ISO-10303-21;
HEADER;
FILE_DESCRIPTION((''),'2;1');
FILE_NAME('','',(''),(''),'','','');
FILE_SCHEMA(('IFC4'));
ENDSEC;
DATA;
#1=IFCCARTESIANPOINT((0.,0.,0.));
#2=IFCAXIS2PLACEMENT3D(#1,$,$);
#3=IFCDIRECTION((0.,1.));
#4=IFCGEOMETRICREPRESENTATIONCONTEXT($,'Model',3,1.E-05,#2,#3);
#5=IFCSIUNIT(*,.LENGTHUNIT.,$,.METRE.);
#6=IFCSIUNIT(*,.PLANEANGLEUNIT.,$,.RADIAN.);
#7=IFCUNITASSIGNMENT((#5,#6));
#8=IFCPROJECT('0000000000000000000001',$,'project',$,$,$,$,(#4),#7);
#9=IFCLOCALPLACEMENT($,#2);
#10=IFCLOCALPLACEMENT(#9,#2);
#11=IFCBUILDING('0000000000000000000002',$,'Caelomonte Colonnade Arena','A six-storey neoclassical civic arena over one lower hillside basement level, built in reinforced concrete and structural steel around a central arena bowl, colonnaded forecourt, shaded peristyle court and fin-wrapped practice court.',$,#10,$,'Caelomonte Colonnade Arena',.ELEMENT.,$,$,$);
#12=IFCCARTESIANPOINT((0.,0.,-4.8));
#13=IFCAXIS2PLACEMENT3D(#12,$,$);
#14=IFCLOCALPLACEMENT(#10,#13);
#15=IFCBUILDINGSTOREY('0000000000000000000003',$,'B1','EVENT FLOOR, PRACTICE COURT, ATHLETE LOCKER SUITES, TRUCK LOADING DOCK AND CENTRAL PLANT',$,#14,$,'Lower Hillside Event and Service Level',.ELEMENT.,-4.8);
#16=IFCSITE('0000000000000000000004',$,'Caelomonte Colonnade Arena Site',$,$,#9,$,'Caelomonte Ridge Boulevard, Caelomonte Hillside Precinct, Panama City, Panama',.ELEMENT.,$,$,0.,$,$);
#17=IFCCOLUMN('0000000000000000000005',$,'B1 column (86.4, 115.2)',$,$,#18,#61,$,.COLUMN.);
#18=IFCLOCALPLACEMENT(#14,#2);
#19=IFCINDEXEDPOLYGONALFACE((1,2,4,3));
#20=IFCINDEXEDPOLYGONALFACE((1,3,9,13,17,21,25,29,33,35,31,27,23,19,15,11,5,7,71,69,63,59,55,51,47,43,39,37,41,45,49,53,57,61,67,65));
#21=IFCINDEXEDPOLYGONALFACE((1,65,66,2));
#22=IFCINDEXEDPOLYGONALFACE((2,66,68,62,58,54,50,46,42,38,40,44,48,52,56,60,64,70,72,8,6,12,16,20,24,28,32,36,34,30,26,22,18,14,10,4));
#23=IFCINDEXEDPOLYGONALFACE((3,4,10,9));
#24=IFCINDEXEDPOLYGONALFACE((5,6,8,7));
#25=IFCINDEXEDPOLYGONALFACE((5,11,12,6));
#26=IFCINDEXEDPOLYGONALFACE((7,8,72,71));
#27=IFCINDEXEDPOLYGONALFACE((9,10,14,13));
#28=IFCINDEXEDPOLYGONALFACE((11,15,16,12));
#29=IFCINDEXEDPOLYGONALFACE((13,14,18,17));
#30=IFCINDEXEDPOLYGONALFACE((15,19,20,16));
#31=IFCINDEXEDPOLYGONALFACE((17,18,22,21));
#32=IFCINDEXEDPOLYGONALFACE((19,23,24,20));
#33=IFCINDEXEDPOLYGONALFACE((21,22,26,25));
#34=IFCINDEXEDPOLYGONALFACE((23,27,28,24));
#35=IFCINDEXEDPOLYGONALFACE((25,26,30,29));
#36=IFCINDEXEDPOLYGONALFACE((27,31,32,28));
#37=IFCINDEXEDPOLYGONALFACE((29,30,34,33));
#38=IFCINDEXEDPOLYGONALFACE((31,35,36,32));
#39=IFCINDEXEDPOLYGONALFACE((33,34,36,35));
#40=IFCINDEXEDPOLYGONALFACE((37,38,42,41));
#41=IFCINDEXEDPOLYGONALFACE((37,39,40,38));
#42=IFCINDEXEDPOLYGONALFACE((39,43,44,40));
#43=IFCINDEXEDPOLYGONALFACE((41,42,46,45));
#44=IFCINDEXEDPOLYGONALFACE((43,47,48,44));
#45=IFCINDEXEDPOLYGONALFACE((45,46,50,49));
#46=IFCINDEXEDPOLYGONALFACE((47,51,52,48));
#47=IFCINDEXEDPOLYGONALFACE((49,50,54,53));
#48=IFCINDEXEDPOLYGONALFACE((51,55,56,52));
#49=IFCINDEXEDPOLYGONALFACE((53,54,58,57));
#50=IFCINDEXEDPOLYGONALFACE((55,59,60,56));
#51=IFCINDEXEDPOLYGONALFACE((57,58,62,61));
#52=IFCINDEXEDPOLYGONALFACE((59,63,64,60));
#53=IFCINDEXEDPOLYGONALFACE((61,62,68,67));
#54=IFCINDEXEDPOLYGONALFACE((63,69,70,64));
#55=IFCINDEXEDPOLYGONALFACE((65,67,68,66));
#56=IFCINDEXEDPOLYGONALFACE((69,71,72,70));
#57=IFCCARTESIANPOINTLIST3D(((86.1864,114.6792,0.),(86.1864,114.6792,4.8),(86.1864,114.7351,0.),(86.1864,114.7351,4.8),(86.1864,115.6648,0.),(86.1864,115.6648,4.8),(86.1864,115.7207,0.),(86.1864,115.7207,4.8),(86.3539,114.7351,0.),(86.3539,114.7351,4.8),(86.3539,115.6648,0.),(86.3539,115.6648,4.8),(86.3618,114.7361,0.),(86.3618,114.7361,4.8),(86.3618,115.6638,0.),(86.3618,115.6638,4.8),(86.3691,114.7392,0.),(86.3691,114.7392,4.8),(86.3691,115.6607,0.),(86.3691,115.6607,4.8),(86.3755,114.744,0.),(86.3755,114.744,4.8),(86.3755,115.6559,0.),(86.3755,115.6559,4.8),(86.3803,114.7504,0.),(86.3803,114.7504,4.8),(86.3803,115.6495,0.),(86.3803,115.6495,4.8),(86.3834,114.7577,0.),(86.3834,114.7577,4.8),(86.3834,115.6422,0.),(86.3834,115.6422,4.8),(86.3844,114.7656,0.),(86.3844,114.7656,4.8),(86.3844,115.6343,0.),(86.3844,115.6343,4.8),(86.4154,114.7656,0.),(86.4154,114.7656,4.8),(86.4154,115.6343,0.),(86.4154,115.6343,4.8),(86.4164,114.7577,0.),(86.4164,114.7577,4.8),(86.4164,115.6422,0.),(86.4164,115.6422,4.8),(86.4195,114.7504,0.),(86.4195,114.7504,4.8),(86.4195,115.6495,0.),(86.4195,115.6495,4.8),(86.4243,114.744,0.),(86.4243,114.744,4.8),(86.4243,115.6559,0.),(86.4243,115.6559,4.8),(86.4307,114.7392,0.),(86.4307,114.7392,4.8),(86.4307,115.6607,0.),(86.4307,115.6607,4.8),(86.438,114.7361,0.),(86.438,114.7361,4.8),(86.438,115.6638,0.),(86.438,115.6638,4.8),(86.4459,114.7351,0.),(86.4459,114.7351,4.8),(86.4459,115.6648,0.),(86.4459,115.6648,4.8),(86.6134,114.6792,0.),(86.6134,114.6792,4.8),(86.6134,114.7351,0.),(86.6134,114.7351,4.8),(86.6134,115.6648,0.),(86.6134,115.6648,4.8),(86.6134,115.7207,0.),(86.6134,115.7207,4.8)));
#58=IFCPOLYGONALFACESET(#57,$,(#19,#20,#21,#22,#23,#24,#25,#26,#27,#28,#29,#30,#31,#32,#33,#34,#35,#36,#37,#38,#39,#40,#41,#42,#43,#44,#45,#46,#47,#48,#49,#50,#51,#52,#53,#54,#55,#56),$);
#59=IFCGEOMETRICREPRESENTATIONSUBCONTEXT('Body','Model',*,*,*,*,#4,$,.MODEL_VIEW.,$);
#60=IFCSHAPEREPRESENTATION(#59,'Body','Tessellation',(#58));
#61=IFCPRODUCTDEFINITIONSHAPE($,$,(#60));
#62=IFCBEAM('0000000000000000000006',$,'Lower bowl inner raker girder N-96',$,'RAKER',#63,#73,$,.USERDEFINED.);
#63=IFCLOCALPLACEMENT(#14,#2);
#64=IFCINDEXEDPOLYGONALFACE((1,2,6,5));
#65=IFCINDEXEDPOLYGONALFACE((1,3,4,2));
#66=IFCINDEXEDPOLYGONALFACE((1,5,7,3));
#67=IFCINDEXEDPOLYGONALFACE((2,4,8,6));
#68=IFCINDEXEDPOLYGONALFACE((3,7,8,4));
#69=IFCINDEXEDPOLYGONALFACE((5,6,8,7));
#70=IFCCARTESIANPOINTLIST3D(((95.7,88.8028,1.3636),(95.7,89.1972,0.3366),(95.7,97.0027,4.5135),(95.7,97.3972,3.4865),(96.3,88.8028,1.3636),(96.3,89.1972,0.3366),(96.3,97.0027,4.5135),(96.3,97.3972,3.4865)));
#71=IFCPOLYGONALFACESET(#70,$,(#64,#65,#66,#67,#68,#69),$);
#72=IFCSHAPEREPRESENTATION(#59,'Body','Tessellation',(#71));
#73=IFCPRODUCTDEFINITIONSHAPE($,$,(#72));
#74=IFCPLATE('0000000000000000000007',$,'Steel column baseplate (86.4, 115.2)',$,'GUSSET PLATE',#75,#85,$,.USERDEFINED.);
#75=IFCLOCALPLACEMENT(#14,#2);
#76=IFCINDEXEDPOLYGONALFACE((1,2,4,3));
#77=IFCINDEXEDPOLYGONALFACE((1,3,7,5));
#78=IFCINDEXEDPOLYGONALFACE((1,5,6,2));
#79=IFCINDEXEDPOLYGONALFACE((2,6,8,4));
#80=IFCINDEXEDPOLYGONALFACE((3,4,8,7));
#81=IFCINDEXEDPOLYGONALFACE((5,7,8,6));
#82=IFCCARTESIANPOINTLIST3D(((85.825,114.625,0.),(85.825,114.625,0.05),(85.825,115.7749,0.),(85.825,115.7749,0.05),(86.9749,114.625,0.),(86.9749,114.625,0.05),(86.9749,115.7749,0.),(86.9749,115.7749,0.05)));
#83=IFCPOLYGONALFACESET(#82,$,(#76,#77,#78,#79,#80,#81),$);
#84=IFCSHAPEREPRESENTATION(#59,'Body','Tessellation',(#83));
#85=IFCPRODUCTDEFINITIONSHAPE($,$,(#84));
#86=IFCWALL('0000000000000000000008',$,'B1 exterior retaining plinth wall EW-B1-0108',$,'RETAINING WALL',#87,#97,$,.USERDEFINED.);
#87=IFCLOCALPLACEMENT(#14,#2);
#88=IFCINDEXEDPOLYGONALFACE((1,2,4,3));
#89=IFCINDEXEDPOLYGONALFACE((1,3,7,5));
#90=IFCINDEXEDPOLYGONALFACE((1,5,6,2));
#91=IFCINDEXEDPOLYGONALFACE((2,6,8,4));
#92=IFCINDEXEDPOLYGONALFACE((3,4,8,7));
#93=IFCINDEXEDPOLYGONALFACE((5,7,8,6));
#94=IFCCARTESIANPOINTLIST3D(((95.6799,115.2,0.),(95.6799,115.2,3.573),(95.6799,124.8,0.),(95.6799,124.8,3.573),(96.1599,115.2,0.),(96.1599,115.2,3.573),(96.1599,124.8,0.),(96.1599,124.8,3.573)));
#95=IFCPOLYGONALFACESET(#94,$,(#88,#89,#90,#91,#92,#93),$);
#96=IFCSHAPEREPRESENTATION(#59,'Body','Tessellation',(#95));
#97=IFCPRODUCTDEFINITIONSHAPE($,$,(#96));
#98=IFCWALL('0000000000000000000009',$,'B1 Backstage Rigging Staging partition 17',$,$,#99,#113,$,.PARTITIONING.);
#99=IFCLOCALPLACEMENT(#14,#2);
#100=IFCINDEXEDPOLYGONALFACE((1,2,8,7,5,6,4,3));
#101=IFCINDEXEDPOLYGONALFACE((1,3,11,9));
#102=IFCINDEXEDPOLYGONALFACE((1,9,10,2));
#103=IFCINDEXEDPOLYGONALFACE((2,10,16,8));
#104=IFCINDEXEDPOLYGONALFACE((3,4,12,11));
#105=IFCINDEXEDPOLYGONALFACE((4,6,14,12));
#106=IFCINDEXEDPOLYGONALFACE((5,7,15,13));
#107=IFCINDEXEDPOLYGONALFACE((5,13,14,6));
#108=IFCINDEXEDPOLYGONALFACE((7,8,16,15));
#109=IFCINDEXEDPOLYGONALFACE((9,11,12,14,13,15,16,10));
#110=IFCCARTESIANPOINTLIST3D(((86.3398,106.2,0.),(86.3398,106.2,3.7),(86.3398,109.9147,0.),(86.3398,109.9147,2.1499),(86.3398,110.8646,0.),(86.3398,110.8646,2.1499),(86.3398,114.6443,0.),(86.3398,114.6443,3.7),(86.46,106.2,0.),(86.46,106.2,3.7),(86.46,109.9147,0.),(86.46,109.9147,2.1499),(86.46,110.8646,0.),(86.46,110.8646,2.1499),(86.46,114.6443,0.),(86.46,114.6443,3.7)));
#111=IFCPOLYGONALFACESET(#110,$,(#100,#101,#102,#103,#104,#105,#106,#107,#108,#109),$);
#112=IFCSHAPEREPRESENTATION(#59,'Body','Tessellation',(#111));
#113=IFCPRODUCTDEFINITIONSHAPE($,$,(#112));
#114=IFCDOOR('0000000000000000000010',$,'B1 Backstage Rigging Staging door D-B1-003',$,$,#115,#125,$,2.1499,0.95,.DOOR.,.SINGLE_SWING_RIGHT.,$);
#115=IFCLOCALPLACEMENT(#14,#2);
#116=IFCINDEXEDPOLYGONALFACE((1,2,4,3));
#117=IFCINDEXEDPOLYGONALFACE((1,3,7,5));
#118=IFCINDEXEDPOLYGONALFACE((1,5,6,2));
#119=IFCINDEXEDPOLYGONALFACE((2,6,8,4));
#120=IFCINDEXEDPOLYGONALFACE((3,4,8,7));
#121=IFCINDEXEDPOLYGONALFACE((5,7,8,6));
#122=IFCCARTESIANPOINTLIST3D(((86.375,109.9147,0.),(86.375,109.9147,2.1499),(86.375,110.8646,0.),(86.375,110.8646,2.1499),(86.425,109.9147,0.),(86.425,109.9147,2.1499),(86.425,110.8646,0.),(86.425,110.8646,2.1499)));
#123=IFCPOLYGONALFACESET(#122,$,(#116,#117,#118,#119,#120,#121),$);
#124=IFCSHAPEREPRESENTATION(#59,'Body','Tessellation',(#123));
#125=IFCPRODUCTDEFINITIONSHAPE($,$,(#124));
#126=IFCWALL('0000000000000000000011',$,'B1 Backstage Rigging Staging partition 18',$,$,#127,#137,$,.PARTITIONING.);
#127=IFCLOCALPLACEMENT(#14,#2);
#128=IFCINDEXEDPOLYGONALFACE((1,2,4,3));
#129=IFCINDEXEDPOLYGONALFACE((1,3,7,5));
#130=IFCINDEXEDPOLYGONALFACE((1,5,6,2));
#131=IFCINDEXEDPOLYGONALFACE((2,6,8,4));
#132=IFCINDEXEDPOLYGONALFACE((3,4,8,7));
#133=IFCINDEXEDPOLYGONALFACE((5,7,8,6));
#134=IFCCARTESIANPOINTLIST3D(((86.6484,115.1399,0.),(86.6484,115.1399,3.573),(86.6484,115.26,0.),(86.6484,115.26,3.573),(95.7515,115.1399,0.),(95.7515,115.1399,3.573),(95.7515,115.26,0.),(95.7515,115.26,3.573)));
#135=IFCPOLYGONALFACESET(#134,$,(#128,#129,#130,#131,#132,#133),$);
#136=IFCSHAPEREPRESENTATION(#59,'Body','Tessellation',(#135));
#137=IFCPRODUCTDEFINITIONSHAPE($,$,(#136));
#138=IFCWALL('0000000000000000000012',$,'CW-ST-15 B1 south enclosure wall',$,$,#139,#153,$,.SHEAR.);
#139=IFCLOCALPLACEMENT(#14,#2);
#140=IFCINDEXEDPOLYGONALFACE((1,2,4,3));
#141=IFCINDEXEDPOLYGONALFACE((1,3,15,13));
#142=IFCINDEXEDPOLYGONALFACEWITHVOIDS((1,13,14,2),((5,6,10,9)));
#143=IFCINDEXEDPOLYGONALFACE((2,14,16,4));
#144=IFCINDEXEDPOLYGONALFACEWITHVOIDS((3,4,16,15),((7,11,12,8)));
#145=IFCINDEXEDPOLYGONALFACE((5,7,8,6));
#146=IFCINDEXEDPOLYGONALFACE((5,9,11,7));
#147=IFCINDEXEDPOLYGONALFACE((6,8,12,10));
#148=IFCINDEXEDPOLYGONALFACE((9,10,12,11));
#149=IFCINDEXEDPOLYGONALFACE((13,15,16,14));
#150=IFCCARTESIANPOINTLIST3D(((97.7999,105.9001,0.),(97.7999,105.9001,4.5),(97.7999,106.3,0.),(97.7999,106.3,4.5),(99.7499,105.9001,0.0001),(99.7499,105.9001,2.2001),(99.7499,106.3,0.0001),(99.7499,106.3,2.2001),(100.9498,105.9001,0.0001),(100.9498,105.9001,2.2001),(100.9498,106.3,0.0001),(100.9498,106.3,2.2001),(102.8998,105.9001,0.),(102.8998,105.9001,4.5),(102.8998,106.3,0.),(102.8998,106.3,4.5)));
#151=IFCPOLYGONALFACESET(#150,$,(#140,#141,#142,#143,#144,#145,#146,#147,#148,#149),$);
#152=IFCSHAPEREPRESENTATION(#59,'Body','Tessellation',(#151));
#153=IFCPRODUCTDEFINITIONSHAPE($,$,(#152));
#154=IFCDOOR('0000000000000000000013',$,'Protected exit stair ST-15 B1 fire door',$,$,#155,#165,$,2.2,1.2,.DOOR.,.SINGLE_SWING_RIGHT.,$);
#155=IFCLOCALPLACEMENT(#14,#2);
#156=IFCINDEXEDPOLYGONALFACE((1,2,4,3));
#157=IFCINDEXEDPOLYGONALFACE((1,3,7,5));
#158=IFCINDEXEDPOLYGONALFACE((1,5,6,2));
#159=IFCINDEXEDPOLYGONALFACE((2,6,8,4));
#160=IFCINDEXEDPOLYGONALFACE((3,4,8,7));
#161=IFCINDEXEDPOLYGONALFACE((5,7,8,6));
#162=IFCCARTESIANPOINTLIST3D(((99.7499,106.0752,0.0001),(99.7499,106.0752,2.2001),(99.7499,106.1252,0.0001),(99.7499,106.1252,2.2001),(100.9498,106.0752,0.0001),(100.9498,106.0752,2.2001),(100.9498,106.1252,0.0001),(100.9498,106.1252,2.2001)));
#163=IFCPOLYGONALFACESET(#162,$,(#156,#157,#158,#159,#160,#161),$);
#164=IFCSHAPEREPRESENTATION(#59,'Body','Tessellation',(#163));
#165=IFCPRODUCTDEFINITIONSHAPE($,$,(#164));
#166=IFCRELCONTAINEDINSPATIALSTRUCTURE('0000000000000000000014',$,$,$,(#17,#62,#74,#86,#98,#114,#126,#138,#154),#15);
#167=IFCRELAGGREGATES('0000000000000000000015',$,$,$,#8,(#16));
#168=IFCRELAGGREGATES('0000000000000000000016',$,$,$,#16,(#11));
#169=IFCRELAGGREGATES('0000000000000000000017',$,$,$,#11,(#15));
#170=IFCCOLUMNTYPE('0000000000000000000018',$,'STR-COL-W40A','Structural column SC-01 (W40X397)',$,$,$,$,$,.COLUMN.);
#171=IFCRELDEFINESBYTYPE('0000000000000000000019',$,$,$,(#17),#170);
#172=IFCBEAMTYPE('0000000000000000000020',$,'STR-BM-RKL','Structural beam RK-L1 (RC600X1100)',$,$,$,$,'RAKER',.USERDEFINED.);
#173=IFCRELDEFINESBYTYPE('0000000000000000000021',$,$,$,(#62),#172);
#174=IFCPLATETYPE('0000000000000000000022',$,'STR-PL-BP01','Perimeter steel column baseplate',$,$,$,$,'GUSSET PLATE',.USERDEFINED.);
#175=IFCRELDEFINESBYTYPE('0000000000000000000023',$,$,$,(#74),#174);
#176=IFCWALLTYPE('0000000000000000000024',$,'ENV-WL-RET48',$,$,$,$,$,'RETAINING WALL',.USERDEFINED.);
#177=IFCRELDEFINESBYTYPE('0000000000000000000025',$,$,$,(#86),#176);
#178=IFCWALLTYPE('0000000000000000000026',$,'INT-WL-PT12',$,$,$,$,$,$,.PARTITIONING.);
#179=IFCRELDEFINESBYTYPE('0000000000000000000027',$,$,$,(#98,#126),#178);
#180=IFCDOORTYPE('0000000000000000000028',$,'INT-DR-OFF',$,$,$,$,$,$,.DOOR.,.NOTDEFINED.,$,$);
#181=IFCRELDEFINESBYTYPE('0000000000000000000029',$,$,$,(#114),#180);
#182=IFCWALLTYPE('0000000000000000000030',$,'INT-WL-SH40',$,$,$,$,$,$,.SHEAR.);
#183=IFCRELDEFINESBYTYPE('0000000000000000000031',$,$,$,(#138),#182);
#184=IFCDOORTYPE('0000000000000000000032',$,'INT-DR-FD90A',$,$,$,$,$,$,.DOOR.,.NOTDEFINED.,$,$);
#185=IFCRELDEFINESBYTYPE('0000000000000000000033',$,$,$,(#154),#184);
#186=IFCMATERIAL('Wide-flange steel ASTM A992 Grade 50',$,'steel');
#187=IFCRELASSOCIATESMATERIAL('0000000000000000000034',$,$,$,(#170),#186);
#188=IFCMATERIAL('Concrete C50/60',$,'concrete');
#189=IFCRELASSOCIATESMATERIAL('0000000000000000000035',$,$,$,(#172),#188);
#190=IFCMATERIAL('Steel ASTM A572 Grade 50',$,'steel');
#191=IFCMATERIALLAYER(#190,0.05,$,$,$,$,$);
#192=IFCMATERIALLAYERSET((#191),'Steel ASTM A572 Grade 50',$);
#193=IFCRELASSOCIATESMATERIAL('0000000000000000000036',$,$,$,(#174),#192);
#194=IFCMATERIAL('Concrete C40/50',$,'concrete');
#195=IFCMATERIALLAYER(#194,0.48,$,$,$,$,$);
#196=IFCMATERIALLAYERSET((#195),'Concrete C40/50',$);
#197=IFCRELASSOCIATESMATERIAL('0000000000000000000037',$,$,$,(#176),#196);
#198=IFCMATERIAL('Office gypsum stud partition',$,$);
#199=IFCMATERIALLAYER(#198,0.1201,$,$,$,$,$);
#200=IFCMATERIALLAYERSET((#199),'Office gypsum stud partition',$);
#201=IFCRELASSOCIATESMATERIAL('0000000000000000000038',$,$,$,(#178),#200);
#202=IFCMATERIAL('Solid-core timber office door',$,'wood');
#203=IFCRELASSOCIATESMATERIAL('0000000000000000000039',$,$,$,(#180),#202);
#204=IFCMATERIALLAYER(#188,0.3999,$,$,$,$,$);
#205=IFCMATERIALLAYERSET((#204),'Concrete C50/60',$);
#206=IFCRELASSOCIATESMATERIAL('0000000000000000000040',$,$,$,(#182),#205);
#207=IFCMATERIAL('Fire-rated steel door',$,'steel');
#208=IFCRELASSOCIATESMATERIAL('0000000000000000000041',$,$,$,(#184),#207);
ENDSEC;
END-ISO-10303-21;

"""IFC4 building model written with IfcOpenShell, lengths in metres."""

from ifc_helpers import new_model, si_unit, direction, frame, frame_2d, origin, origin_2d, place, context, subcontext, project, spatial, rectangle, i_section, extrude, material, layer, layer_set, material_profile, profile_set, type_object, element, fill, save


model = new_model("IFC4")

# Units and contexts
model_context = context("Model", 3, precision=1e-05, world=origin(), true_north=direction((0.0, 1.0)))
body_context = subcontext(model_context, "Body", "Model", "MODEL_VIEW")
ifc_project = project(units=[si_unit("LENGTHUNIT", "METRE"), si_unit("PLANEANGLEUNIT", "RADIAN")], contexts=[model_context])

# Site, building, storey
site_placement = place(None, origin())
site = spatial("IfcSite", under=ifc_project, at=site_placement, Name="Caelomonte Colonnade Arena Site", LongName="Caelomonte Ridge Boulevard, Caelomonte Hillside Precinct, Panama City, Panama", CompositionType="ELEMENT", RefElevation=0.0)
building_placement = place(site_placement, origin())
building = spatial("IfcBuilding", under=site, at=building_placement, Name="Caelomonte Colonnade Arena", Description="A six-storey neoclassical civic arena over one lower hillside basement level, built in reinforced concrete and structural steel around a central arena bowl, colonnaded forecourt, shaded peristyle court and fin-wrapped practice court.", LongName="Caelomonte Colonnade Arena", CompositionType="ELEMENT")
storey_placement = place(building_placement, frame((0.0, 0.0, -4.8)))
storey = spatial("IfcBuildingStorey", under=building, at=storey_placement, Name="B1", Description="EVENT FLOOR, PRACTICE COURT, ATHLETE LOCKER SUITES, TRUCK LOADING DOCK AND CENTRAL PLANT", LongName="Lower Hillside Event and Service Level", CompositionType="ELEMENT", Elevation=-4.8)

# Shared definitions
ifc_material_1 = material(Name="Concrete C40/50", Category="concrete")

# Column
ifc_material_2 = material(Name="Concrete C50/60", Category="concrete")
ifc_material_3 = material(Name="Wide-flange steel ASTM A992 Grade 50", Category="steel")
ifc_material_profile_1 = material_profile(ifc_material_3, i_section(OverallWidth=0.427, OverallDepth=1.0415, WebThickness=0.031, FlangeThickness=0.0559, FilletRadius=0.0305, at=origin_2d()), Name="W40X397")
ifc_profile_set_1 = profile_set([ifc_material_profile_1], Name="Wide-flange steel ASTM A992 Grade 50")
column_type_1 = type_object("IfcColumnType", Name="STR-COL-W40A", Description="Structural column SC-01 (W40X397)", PredefinedType="COLUMN", material=ifc_profile_set_1)
column_1_placement = place(storey_placement, frame((86.3999, 115.2, 0.0), z_axis=(0.0, 0.0, 1.0), x_axis=(1.0, 0.0, 0.0)))
element("IfcColumn", 1, at=column_1_placement, inside=storey, type_object=column_type_1, Name="B1 column (86.4, 115.2)", PredefinedType="COLUMN", context=body_context, shape_type="SweptSolid", body=[
    extrude(i_section(OverallWidth=0.427, OverallDepth=1.0415, WebThickness=0.031, FlangeThickness=0.0559, FilletRadius=0.0305, at=origin_2d()), origin(), (0.0, 0.0, 1.0), 4.8),
])

# Beam
ifc_material_profile_2 = material_profile(ifc_material_2, rectangle(XDim=0.6001, YDim=1.1001, at=origin_2d()), Name="RC600X1100")
ifc_profile_set_2 = profile_set([ifc_material_profile_2], Name="Concrete C50/60")
beam_type = type_object("IfcBeamType", Name="STR-BM-RKL", Description="Structural beam RK-L1 (RC600X1100)", ElementType="RAKER", PredefinedType="USERDEFINED", material=ifc_profile_set_2)
beam_placement = place(storey_placement, frame((96.0, 89.0, 0.8501), z_axis=(0.0, 0.933495, 0.35859), x_axis=(-1.0, 0.0, 0.0)))
element("IfcBeam", 2, at=beam_placement, inside=storey, type_object=beam_type, Name="Lower bowl inner raker girder N-96", ObjectType="RAKER", PredefinedType="USERDEFINED", context=body_context, shape_type="SweptSolid", body=[
    extrude(rectangle(XDim=0.6001, YDim=1.1001, at=origin_2d()), origin(), (0.0, 0.0, 1.0), 8.7842),
])

# Plate
ifc_material_4 = material(Name="Steel ASTM A572 Grade 50", Category="steel")
ifc_layer_1 = layer(ifc_material_4, 0.05)
ifc_layer_set_1 = layer_set([ifc_layer_1], Name="Steel ASTM A572 Grade 50")
plate_type = type_object("IfcPlateType", Name="STR-PL-BP01", Description="Perimeter steel column baseplate", ElementType="GUSSET PLATE", PredefinedType="USERDEFINED", material=ifc_layer_set_1)
plate_placement = place(storey_placement, frame((86.3999, 115.2, 0.0), z_axis=(0.0, 0.0, 1.0), x_axis=(1.0, 0.0, 0.0)))
element("IfcPlate", 3, at=plate_placement, inside=storey, type_object=plate_type, Name="Steel column baseplate (86.4, 115.2)", ObjectType="GUSSET PLATE", PredefinedType="USERDEFINED", context=body_context, shape_type="SweptSolid", body=[
    extrude(rectangle(XDim=1.1499, YDim=1.1499, at=origin_2d()), origin(), (0.0, 0.0, 1.0), 0.05),
])

# Wall
ifc_layer_2 = layer(ifc_material_1, 0.48)
ifc_layer_set_2 = layer_set([ifc_layer_2], Name="Concrete C40/50")
wall_type_1 = type_object("IfcWallType", Name="ENV-WL-RET48", ElementType="RETAINING WALL", PredefinedType="USERDEFINED", material=ifc_layer_set_2)
wall_1_placement = place(storey_placement, frame((95.9199, 115.2, 0.0), z_axis=(0.0, 0.0, 1.0), x_axis=(0.0, 1.0, 0.0)))
element("IfcWall", 4, at=wall_1_placement, inside=storey, type_object=wall_type_1, Name="B1 exterior retaining plinth wall EW-B1-0108", ObjectType="RETAINING WALL", PredefinedType="USERDEFINED", context=body_context, shape_type="SweptSolid", body=[
    extrude(rectangle(XDim=9.6001, YDim=0.48, at=frame_2d((4.8, 0.0))), origin(), (0.0, 0.0, 1.0), 3.573),
])

# Wall, opening, door
ifc_material_5 = material(Name="Office gypsum stud partition")
ifc_layer_3 = layer(ifc_material_5, 0.1201)
ifc_layer_set_3 = layer_set([ifc_layer_3], Name="Office gypsum stud partition")
wall_type_2 = type_object("IfcWallType", Name="INT-WL-PT12", PredefinedType="PARTITIONING", material=ifc_layer_set_3)
wall_2_placement = place(storey_placement, frame((86.3999, 106.2, 0.0), z_axis=(0.0, 0.0, 1.0), x_axis=(0.0, 1.0, 0.0)))
wall_2 = element("IfcWall", 5, at=wall_2_placement, inside=storey, type_object=wall_type_2, Name="B1 Backstage Rigging Staging partition 17", PredefinedType="PARTITIONING", context=body_context, shape_type="SweptSolid", body=[
    extrude(rectangle(XDim=8.4443, YDim=0.1201, at=frame_2d((4.2222, 0.0))), origin(), (0.0, 0.0, 1.0), 3.7),
])
opening_1_placement = place(wall_2_placement, frame((3.7146, 0.0, 0.0), z_axis=(0.0, 0.0, 1.0), x_axis=(1.0, 0.0, 0.0)))
opening_1 = element("IfcOpeningElement", 6, at=opening_1_placement, cuts=wall_2, PredefinedType="OPENING", context=body_context, shape_type="SweptSolid", body=[
    extrude(rectangle(XDim=0.95, YDim=2.1499, at=frame_2d((0.4751, 1.075))), frame((0.0, 0.0701, 0.0), z_axis=(0.0, -1.0, 0.0), x_axis=(1.0, 0.0, 0.0)), (0.0, 0.0, 1.0), 0.1401),
])
ifc_material_6 = material(Name="Solid-core timber office door", Category="wood")
door_type_1 = type_object("IfcDoorType", Name="INT-DR-OFF", OperationType="NOTDEFINED", PredefinedType="DOOR", material=ifc_material_6)
door_1_placement = place(opening_1_placement, origin())
door_1 = element("IfcDoor", 7, at=door_1_placement, inside=storey, type_object=door_type_1, Name="B1 Backstage Rigging Staging door D-B1-003", OperationType="SINGLE_SWING_RIGHT", OverallHeight=2.1499, OverallWidth=0.95, PredefinedType="DOOR", context=body_context, shape_type="SweptSolid", body=[
    extrude(rectangle(XDim=0.95, YDim=2.1499, at=frame_2d((0.4751, 1.075))), frame((0.0, 0.0249, 0.0), z_axis=(0.0, -1.0, 0.0), x_axis=(1.0, 0.0, 0.0)), (0.0, 0.0, 1.0), 0.05),
])
fill(opening_1, door_1)

# Wall
wall_3_placement = place(storey_placement, frame((86.6484, 115.2, 0.0), z_axis=(0.0, 0.0, 1.0), x_axis=(1.0, 0.0, 0.0)))
element("IfcWall", 8, at=wall_3_placement, inside=storey, type_object=wall_type_2, Name="B1 Backstage Rigging Staging partition 18", PredefinedType="PARTITIONING", context=body_context, shape_type="SweptSolid", body=[
    extrude(rectangle(XDim=9.103, YDim=0.1201, at=frame_2d((4.5515, 0.0))), origin(), (0.0, 0.0, 1.0), 3.573),
])

# Wall, opening, door
ifc_layer_4 = layer(ifc_material_2, 0.3999)
ifc_layer_set_4 = layer_set([ifc_layer_4], Name="Concrete C50/60")
wall_type_3 = type_object("IfcWallType", Name="INT-WL-SH40", PredefinedType="SHEAR", material=ifc_layer_set_4)
wall_4_placement = place(storey_placement, frame((97.8, 106.1001, 0.0), z_axis=(0.0, 0.0, 1.0), x_axis=(1.0, 0.0, 0.0)))
wall_4 = element("IfcWall", 9, at=wall_4_placement, inside=storey, type_object=wall_type_3, Name="CW-ST-15 B1 south enclosure wall", PredefinedType="SHEAR", context=body_context, shape_type="SweptSolid", body=[
    extrude(rectangle(XDim=5.0999, YDim=0.3999, at=frame_2d((2.5498, 0.0))), origin(), (0.0, 0.0, 1.0), 4.5),
])
opening_2_placement = place(wall_4_placement, frame((3.1499, 0.0, 0.0), z_axis=(0.0, 0.0, 1.0), x_axis=(-1.0, 0.0, 0.0)))
opening_2 = element("IfcOpeningElement", 10, at=opening_2_placement, cuts=wall_4, PredefinedType="OPENING", context=body_context, shape_type="SweptSolid", body=[
    extrude(rectangle(XDim=1.2, YDim=2.2, at=frame_2d((0.6001, 1.1001))), frame((0.0, 0.21, 0.0), z_axis=(0.0, -1.0, 0.0), x_axis=(1.0, 0.0, 0.0)), (0.0, 0.0, 1.0), 0.4199),
])
ifc_material_7 = material(Name="Fire-rated steel door", Category="steel")
door_type_2 = type_object("IfcDoorType", Name="INT-DR-FD90A", OperationType="NOTDEFINED", PredefinedType="DOOR", material=ifc_material_7)
door_2_placement = place(opening_2_placement, origin())
door_2 = element("IfcDoor", 11, at=door_2_placement, inside=storey, type_object=door_type_2, Name="Protected exit stair ST-15 B1 fire door", OperationType="SINGLE_SWING_RIGHT", OverallHeight=2.2, OverallWidth=1.2, PredefinedType="DOOR", context=body_context, shape_type="SweptSolid", body=[
    extrude(rectangle(XDim=1.2, YDim=2.2, at=frame_2d((0.6001, 1.1001))), frame((0.0, 0.0249, 0.0), z_axis=(0.0, -1.0, 0.0), x_axis=(1.0, 0.0, 0.0)), (0.0, 0.0, 1.0), 0.05),
])
fill(opening_2, door_2)

save(model, "model.ifc")
